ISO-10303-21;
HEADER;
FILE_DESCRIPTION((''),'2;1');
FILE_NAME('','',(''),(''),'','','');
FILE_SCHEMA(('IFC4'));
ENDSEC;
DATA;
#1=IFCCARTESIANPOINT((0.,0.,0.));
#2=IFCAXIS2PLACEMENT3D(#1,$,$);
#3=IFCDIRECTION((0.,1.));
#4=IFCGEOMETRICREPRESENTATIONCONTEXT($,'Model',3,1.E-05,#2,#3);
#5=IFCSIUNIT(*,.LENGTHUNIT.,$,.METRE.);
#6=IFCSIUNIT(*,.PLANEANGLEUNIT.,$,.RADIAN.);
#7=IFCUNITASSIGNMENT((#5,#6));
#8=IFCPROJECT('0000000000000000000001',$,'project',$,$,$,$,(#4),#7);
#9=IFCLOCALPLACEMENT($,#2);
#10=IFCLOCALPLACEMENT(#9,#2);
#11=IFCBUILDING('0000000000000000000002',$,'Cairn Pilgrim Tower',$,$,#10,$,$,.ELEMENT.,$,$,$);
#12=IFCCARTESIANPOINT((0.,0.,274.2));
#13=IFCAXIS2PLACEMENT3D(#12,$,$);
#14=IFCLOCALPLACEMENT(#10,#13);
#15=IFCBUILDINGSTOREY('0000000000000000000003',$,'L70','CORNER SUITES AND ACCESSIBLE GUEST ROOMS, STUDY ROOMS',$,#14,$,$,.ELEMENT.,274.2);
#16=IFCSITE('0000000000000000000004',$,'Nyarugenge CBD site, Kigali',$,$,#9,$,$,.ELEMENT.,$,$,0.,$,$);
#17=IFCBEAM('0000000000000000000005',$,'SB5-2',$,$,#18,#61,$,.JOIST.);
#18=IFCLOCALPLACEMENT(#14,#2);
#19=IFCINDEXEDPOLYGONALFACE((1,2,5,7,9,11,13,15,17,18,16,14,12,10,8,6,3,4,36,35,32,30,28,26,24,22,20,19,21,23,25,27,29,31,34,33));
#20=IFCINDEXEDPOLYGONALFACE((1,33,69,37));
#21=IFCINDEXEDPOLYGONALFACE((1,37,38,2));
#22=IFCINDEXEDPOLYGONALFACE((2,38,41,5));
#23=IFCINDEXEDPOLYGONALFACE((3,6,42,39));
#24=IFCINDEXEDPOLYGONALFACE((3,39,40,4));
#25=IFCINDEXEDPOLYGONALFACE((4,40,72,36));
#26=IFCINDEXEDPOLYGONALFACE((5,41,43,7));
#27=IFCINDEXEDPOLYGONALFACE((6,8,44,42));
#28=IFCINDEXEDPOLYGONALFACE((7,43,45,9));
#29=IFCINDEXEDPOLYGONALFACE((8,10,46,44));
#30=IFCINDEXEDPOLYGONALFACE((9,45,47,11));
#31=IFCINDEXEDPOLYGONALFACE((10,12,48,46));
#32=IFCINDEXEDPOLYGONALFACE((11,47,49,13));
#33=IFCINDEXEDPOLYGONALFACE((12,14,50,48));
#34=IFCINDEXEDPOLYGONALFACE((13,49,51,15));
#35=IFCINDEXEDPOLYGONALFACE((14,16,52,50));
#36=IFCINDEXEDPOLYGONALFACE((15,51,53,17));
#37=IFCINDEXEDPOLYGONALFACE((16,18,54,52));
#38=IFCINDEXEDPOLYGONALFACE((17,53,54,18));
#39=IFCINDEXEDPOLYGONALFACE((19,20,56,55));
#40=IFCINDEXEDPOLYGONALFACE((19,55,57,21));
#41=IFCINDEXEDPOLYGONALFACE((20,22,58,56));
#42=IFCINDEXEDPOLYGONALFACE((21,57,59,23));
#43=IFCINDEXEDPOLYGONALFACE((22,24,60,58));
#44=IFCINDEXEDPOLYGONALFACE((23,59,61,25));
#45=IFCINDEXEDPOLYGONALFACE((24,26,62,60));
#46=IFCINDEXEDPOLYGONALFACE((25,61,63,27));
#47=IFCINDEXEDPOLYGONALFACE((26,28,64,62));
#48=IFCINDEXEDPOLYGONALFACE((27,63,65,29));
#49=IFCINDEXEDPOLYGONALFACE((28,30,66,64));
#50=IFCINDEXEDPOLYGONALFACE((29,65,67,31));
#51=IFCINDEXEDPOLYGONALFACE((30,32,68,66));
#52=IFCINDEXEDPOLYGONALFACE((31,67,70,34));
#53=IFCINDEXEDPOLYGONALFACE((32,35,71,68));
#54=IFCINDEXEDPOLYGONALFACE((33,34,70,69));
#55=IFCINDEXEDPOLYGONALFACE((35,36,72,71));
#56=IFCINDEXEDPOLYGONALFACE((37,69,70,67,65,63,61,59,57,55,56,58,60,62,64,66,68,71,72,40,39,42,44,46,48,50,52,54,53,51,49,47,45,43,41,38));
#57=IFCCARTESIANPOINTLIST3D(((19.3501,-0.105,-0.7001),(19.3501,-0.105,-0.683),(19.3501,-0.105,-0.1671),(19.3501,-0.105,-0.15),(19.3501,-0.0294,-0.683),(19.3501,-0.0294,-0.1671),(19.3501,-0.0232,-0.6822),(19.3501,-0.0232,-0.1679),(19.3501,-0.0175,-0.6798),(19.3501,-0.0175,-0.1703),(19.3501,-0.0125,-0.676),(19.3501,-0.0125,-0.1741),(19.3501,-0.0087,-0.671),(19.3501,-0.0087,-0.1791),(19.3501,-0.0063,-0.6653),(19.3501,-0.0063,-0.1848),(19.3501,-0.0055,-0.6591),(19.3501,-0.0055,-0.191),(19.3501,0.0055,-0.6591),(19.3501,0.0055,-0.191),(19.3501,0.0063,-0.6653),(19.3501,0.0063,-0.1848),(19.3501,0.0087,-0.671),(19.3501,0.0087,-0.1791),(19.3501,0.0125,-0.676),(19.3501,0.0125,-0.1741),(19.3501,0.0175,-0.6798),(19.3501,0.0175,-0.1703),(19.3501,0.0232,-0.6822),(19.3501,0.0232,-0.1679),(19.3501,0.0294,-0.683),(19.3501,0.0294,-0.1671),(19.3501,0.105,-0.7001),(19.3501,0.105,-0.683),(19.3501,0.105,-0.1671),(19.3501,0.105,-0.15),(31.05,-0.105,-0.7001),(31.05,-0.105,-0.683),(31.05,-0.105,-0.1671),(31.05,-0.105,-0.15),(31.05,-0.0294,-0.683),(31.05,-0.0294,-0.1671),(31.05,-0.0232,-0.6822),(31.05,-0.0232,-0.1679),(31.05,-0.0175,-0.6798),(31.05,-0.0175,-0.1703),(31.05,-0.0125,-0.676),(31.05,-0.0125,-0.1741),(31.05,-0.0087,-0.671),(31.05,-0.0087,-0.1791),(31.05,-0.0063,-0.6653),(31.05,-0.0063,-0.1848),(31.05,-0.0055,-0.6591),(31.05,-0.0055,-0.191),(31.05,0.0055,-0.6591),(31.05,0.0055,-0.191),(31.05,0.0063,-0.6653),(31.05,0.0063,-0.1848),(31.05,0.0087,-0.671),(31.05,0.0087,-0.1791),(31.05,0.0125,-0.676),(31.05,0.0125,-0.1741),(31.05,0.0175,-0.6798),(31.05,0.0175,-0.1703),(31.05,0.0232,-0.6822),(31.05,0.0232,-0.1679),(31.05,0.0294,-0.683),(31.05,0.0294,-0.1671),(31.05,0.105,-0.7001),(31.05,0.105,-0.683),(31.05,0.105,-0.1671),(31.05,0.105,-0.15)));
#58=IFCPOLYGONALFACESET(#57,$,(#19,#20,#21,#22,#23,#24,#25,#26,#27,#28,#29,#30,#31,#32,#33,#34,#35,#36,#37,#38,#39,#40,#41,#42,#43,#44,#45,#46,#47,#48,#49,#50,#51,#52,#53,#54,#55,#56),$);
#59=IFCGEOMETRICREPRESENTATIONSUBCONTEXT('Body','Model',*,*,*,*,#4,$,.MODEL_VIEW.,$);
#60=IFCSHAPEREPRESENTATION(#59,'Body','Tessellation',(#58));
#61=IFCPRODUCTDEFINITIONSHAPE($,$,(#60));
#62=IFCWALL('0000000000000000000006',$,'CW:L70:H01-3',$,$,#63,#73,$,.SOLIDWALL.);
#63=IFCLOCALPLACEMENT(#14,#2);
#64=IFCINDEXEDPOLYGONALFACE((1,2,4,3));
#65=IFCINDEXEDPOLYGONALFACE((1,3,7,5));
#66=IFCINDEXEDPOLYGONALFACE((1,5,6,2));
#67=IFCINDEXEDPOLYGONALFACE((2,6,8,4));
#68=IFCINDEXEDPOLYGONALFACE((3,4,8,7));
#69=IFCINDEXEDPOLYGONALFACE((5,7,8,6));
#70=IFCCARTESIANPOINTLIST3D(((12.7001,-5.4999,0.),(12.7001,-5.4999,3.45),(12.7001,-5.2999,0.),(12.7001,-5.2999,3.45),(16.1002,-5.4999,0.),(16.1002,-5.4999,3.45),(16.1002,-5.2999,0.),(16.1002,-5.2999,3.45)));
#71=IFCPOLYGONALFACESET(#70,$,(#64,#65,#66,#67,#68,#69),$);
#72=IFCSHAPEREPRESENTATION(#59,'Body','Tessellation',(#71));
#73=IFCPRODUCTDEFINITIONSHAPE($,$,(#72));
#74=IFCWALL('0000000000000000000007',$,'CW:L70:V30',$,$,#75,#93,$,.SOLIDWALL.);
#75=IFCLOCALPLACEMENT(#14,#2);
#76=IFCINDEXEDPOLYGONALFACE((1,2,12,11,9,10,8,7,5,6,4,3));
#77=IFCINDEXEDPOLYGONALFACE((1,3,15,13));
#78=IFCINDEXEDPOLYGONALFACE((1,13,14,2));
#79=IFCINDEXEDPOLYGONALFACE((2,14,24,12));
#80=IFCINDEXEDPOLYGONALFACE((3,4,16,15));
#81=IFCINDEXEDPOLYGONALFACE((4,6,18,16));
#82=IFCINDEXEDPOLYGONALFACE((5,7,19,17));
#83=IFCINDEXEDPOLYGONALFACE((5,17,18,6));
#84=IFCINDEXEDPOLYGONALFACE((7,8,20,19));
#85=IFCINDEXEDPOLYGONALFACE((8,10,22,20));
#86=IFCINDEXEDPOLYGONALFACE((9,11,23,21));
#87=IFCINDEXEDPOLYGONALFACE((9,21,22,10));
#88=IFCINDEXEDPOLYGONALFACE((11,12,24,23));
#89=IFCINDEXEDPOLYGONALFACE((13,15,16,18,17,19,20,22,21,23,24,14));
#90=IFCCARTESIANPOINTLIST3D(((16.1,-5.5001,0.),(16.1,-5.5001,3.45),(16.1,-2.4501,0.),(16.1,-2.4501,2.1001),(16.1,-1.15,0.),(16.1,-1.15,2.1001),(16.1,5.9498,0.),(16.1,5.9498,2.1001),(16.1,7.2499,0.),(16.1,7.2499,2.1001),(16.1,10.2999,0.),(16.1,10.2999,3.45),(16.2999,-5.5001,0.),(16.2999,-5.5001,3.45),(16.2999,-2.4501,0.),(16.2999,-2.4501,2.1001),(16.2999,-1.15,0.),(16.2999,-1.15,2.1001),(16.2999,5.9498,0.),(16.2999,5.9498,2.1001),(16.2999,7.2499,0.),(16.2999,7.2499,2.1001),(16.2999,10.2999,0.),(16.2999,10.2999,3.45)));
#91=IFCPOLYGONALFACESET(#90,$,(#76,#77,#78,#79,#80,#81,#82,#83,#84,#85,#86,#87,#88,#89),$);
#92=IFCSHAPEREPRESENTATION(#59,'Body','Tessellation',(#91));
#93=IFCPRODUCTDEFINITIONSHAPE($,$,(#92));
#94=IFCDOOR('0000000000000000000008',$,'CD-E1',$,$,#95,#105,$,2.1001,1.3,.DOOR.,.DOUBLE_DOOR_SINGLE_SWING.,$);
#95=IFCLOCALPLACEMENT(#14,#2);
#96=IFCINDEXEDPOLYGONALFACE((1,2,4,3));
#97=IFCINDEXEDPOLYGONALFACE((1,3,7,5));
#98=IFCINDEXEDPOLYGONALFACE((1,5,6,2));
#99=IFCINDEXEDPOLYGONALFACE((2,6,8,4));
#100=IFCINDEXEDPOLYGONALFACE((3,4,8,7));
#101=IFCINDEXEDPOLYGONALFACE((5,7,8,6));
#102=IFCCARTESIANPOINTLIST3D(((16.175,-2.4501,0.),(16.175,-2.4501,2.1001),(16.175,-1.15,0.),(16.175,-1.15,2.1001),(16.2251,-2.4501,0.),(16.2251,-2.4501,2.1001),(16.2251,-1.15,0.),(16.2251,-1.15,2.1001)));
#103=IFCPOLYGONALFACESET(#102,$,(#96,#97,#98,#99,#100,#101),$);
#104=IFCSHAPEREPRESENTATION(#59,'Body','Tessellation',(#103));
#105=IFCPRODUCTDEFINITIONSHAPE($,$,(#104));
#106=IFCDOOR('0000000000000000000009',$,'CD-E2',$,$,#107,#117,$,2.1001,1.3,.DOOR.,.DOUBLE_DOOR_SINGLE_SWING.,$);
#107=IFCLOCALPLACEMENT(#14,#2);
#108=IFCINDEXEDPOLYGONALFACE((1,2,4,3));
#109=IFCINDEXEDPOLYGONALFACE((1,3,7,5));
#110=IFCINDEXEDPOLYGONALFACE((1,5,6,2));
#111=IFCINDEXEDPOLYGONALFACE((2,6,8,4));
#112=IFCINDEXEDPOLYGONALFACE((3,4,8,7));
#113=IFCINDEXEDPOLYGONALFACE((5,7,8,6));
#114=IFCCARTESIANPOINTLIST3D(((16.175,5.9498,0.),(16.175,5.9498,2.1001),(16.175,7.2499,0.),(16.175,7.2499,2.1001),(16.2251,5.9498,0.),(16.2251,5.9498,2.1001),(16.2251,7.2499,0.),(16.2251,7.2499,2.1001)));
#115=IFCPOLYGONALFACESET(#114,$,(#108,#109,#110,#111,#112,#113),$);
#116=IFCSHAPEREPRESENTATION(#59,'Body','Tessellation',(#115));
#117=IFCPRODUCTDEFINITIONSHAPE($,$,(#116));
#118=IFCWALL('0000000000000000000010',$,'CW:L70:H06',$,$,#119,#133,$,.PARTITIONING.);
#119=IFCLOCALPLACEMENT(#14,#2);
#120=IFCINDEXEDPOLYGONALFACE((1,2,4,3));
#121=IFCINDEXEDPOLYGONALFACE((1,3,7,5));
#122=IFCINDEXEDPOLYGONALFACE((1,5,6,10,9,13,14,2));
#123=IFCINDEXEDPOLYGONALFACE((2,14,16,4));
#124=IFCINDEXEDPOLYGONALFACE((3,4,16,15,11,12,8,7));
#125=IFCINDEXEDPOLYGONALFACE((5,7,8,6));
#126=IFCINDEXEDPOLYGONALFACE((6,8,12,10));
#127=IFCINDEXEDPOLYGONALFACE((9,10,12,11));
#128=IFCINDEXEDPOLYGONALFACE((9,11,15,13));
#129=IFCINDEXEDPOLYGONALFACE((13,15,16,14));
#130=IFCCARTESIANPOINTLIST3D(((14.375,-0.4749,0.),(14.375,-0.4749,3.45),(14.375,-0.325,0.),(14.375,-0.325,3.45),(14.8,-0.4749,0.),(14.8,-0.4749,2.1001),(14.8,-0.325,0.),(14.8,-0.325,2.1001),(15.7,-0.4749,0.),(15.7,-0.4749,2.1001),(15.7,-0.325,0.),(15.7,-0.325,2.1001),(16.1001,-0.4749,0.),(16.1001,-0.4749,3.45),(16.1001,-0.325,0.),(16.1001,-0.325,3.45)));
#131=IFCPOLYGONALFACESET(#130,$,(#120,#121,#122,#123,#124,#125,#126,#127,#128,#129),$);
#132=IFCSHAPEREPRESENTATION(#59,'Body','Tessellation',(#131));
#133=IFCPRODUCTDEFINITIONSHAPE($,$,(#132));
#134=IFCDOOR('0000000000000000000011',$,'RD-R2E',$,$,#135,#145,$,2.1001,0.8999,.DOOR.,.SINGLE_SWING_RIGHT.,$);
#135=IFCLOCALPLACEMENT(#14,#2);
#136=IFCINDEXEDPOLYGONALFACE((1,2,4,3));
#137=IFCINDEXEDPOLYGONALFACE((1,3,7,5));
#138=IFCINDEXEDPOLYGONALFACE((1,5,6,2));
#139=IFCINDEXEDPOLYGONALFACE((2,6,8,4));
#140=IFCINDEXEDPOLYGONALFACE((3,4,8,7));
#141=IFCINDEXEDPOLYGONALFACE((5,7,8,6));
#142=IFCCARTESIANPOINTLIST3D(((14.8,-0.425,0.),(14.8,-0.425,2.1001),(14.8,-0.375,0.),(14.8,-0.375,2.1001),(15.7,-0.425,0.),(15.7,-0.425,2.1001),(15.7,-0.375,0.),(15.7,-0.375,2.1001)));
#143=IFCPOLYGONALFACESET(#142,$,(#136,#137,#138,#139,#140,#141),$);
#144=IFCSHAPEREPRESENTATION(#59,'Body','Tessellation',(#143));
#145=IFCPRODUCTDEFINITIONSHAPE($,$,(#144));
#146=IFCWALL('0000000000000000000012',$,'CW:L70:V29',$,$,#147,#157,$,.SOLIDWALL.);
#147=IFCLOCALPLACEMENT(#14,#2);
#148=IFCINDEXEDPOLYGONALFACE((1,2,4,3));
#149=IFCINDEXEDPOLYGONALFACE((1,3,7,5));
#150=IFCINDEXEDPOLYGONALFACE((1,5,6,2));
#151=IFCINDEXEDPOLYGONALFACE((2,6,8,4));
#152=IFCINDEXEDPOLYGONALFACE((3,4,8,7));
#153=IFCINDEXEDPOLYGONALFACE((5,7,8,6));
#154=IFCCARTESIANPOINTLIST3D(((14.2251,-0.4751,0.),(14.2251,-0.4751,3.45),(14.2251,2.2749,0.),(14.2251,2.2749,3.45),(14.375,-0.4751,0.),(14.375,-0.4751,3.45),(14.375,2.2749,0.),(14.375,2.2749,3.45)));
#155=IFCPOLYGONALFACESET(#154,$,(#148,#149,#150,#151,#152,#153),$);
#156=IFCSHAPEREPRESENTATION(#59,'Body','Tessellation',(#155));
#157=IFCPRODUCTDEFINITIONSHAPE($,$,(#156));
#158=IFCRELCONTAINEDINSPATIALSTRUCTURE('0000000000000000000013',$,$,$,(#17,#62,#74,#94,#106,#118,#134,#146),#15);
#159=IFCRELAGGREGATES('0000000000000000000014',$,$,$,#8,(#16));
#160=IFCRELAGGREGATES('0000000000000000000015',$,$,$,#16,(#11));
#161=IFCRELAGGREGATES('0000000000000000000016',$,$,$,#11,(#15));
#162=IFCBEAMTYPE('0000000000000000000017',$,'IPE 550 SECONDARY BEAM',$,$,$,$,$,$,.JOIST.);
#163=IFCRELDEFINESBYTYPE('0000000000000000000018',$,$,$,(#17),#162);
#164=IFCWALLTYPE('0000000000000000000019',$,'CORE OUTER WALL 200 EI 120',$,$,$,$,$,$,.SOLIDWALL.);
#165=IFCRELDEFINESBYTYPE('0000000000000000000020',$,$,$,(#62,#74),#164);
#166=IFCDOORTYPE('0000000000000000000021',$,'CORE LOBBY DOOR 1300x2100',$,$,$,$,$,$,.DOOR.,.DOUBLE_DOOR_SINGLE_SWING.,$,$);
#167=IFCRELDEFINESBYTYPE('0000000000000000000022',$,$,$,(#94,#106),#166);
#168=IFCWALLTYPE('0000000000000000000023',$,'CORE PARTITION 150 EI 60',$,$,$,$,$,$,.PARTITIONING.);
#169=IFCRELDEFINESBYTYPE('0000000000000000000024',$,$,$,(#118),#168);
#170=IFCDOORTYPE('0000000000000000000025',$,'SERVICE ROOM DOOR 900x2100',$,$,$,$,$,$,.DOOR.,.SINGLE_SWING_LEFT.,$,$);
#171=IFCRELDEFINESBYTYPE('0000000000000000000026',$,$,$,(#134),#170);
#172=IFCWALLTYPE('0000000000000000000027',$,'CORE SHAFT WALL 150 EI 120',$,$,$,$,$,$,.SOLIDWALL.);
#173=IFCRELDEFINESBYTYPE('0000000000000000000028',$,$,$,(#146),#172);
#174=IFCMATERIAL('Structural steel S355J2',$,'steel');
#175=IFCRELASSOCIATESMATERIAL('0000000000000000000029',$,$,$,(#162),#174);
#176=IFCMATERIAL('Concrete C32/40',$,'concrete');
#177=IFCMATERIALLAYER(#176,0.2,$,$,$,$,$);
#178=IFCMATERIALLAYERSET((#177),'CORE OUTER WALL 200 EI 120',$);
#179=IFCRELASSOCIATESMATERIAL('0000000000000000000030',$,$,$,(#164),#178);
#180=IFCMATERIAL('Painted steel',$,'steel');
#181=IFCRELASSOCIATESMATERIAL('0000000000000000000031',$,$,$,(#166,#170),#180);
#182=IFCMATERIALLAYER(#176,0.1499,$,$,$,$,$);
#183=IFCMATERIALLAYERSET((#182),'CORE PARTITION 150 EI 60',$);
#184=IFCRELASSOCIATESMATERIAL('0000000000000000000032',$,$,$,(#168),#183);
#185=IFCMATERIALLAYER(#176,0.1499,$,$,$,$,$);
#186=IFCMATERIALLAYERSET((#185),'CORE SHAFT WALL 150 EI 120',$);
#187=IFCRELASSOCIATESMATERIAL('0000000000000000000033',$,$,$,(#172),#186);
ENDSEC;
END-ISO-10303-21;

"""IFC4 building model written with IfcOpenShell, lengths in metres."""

from ifc_helpers import new_model, si_unit, direction, frame, frame_2d, origin, origin_2d, place, context, subcontext, project, spatial, rectangle, i_section, extrude, material, layer, layer_set, material_profile, profile_set, type_object, element, fill, save


model = new_model("IFC4")

# Units and contexts
model_context = context("Model", 3, precision=1e-05, world=origin(), true_north=direction((0.0, 1.0)))
body_context = subcontext(model_context, "Body", "Model", "MODEL_VIEW")
ifc_project = project(units=[si_unit("LENGTHUNIT", "METRE"), si_unit("PLANEANGLEUNIT", "RADIAN")], contexts=[model_context])

# Site, building, storey
site_placement = place(None, origin())
site = spatial("IfcSite", under=ifc_project, at=site_placement, Name="Nyarugenge CBD site, Kigali", CompositionType="ELEMENT", RefElevation=0.0)
building_placement = place(site_placement, origin())
building = spatial("IfcBuilding", under=site, at=building_placement, Name="Cairn Pilgrim Tower", CompositionType="ELEMENT")
storey_placement = place(building_placement, frame((0.0, 0.0, 274.2)))
storey = spatial("IfcBuildingStorey", under=building, at=storey_placement, Name="L70", Description="CORNER SUITES AND ACCESSIBLE GUEST ROOMS, STUDY ROOMS", CompositionType="ELEMENT", Elevation=274.2)

# Shared definitions
ifc_material_1 = material(Name="Structural steel S355J2", Category="steel")

# Beam
ifc_material_profile_1 = material_profile(ifc_material_1, i_section(OverallWidth=0.21, OverallDepth=0.55, WebThickness=0.011, FlangeThickness=0.0171, FilletRadius=0.0239, at=origin_2d()), Name="IPE 550")
ifc_profile_set_1 = profile_set([ifc_material_profile_1], Name="Structural steel S355J2")
beam_type_1 = type_object("IfcBeamType", Name="IPE 550 SECONDARY BEAM", PredefinedType="JOIST", material=ifc_profile_set_1)
for number, where, z_axis, x_axis, name in (
    (1, (19.3501, 0.0, -0.425), (1.0, 0.0, 0.0), (0.0, 1.0, 0.0), "SB5-2"),
):
    element("IfcBeam", number, at=place(storey_placement, frame(where, z_axis=z_axis, x_axis=x_axis)), inside=storey, type_object=beam_type_1, Name=name, PredefinedType="JOIST", context=body_context, shape_type="SweptSolid", body=[
        extrude(i_section(OverallWidth=0.21, OverallDepth=0.55, WebThickness=0.011, FlangeThickness=0.0171, FilletRadius=0.0239, at=origin_2d()), origin(), (0.0, 0.0, 1.0), 11.7),
    ])

# Wall
ifc_material_2 = material(Name="Concrete C32/40", Category="concrete")
ifc_layer_1 = layer(ifc_material_2, 0.2)
ifc_layer_set_1 = layer_set([ifc_layer_1], Name="CORE OUTER WALL 200 EI 120")
wall_type_1 = type_object("IfcWallType", Name="CORE OUTER WALL 200 EI 120", PredefinedType="SOLIDWALL", material=ifc_layer_set_1)
wall_1_placement = place(storey_placement, frame((12.7, -5.3999, 0.0), z_axis=(0.0, 0.0, 1.0), x_axis=(1.0, 0.0, 0.0)))
element("IfcWall", 2, at=wall_1_placement, inside=storey, type_object=wall_type_1, Name="CW:L70:H01-3", PredefinedType="SOLIDWALL", context=body_context, shape_type="SweptSolid", body=[
    extrude(rectangle(XDim=3.4001, YDim=0.2, at=frame_2d((1.7002, 0.0))), origin(), (0.0, 0.0, 1.0), 3.45),
])

# Wall, openings, doors
wall_2_placement = place(storey_placement, frame((16.2, -5.5, 0.0), z_axis=(0.0, 0.0, 1.0), x_axis=(0.0, 1.0, 0.0)))
wall_2 = element("IfcWall", 3, at=wall_2_placement, inside=storey, type_object=wall_type_1, Name="CW:L70:V30", PredefinedType="SOLIDWALL", context=body_context, shape_type="SweptSolid", body=[
    extrude(rectangle(XDim=15.8, YDim=0.2, at=frame_2d((7.8999, 0.0))), origin(), (0.0, 0.0, 1.0), 3.45),
])
opening_1_placement = place(wall_2_placement, frame((3.05, 0.0, 0.0)))
opening_1 = element("IfcOpeningElement", 4, at=opening_1_placement, cuts=wall_2, PredefinedType="OPENING", context=body_context, shape_type="SweptSolid", body=[
    extrude(rectangle(XDim=1.3, YDim=2.1001, at=frame_2d((0.6499, 1.05))), frame((0.0, 0.1099, 0.0), z_axis=(0.0, -1.0, 0.0), x_axis=(1.0, 0.0, 0.0)), (0.0, 0.0, 1.0), 0.22),
])
opening_2_placement = place(wall_2_placement, frame((11.45, 0.0, 0.0)))
opening_2 = element("IfcOpeningElement", 5, at=opening_2_placement, cuts=wall_2, PredefinedType="OPENING", context=body_context, shape_type="SweptSolid", body=[
    extrude(rectangle(XDim=1.3, YDim=2.1001, at=frame_2d((0.6499, 1.05))), frame((0.0, 0.1099, 0.0), z_axis=(0.0, -1.0, 0.0), x_axis=(1.0, 0.0, 0.0)), (0.0, 0.0, 1.0), 0.22),
])
ifc_material_3 = material(Name="Painted steel", Category="steel")
door_type_1 = type_object("IfcDoorType", Name="CORE LOBBY DOOR 1300x2100", OperationType="DOUBLE_DOOR_SINGLE_SWING", PredefinedType="DOOR", material=ifc_material_3)
door_1_placement = place(opening_1_placement, origin())
door_1 = element("IfcDoor", 6, at=door_1_placement, inside=storey, type_object=door_type_1, Name="CD-E1", OperationType="DOUBLE_DOOR_SINGLE_SWING", OverallHeight=2.1001, OverallWidth=1.3, PredefinedType="DOOR", context=body_context, shape_type="SweptSolid", body=[
    extrude(rectangle(XDim=1.3, YDim=2.1001, at=frame_2d((0.6499, 1.05))), frame((0.0, 0.0249, 0.0), z_axis=(0.0, -1.0, 0.0), x_axis=(1.0, 0.0, 0.0)), (0.0, 0.0, 1.0), 0.05),
])
fill(opening_1, door_1)
door_2_placement = place(opening_2_placement, origin())
door_2 = element("IfcDoor", 7, at=door_2_placement, inside=storey, type_object=door_type_1, Name="CD-E2", OperationType="DOUBLE_DOOR_SINGLE_SWING", OverallHeight=2.1001, OverallWidth=1.3, PredefinedType="DOOR", context=body_context, shape_type="SweptSolid", body=[
    extrude(rectangle(XDim=1.3, YDim=2.1001, at=frame_2d((0.6499, 1.05))), frame((0.0, 0.0249, 0.0), z_axis=(0.0, -1.0, 0.0), x_axis=(1.0, 0.0, 0.0)), (0.0, 0.0, 1.0), 0.05),
])
fill(opening_2, door_2)

# Wall, opening, door
ifc_layer_2 = layer(ifc_material_2, 0.1499)
ifc_layer_set_2 = layer_set([ifc_layer_2], Name="CORE PARTITION 150 EI 60")
wall_type_2 = type_object("IfcWallType", Name="CORE PARTITION 150 EI 60", PredefinedType="PARTITIONING", material=ifc_layer_set_2)
wall_3_placement = place(storey_placement, frame((14.375, -0.3999, 0.0), z_axis=(0.0, 0.0, 1.0), x_axis=(1.0, 0.0, 0.0)))
wall_3 = element("IfcWall", 8, at=wall_3_placement, inside=storey, type_object=wall_type_2, Name="CW:L70:H06", PredefinedType="PARTITIONING", context=body_context, shape_type="SweptSolid", body=[
    extrude(rectangle(XDim=1.7251, YDim=0.1499, at=frame_2d((0.8625, 0.0))), origin(), (0.0, 0.0, 1.0), 3.45),
])
opening_3_placement = place(wall_3_placement, frame((0.425, 0.0, 0.0)))
opening_3 = element("IfcOpeningElement", 9, at=opening_3_placement, cuts=wall_3, PredefinedType="OPENING", context=body_context, shape_type="SweptSolid", body=[
    extrude(rectangle(XDim=0.8999, YDim=2.1001, at=frame_2d((0.45, 1.05))), frame((0.0, 0.085, 0.0), z_axis=(0.0, -1.0, 0.0), x_axis=(1.0, 0.0, 0.0)), (0.0, 0.0, 1.0), 0.1699),
])
door_type_2 = type_object("IfcDoorType", Name="SERVICE ROOM DOOR 900x2100", OperationType="SINGLE_SWING_LEFT", PredefinedType="DOOR", material=ifc_material_3)
door_3_placement = place(opening_3_placement, origin())
door_3 = element("IfcDoor", 10, at=door_3_placement, inside=storey, type_object=door_type_2, Name="RD-R2E", OperationType="SINGLE_SWING_RIGHT", OverallHeight=2.1001, OverallWidth=0.8999, PredefinedType="DOOR", context=body_context, shape_type="SweptSolid", body=[
    extrude(rectangle(XDim=0.8999, YDim=2.1001, at=frame_2d((0.45, 1.05))), frame((0.0, 0.0249, 0.0), z_axis=(0.0, -1.0, 0.0), x_axis=(1.0, 0.0, 0.0)), (0.0, 0.0, 1.0), 0.05),
])
fill(opening_3, door_3)

# Wall
ifc_layer_3 = layer(ifc_material_2, 0.1499)
ifc_layer_set_3 = layer_set([ifc_layer_3], Name="CORE SHAFT WALL 150 EI 120")
wall_type_3 = type_object("IfcWallType", Name="CORE SHAFT WALL 150 EI 120", PredefinedType="SOLIDWALL", material=ifc_layer_set_3)
wall_4_placement = place(storey_placement, frame((14.3, -0.4751, 0.0), z_axis=(0.0, 0.0, 1.0), x_axis=(0.0, 1.0, 0.0)))
element("IfcWall", 11, at=wall_4_placement, inside=storey, type_object=wall_type_3, Name="CW:L70:V29", PredefinedType="SOLIDWALL", context=body_context, shape_type="SweptSolid", body=[
    extrude(rectangle(XDim=2.75, YDim=0.1499, at=frame_2d((1.375, 0.0))), origin(), (0.0, 0.0, 1.0), 3.45),
])

save(model, "model.ifc")
